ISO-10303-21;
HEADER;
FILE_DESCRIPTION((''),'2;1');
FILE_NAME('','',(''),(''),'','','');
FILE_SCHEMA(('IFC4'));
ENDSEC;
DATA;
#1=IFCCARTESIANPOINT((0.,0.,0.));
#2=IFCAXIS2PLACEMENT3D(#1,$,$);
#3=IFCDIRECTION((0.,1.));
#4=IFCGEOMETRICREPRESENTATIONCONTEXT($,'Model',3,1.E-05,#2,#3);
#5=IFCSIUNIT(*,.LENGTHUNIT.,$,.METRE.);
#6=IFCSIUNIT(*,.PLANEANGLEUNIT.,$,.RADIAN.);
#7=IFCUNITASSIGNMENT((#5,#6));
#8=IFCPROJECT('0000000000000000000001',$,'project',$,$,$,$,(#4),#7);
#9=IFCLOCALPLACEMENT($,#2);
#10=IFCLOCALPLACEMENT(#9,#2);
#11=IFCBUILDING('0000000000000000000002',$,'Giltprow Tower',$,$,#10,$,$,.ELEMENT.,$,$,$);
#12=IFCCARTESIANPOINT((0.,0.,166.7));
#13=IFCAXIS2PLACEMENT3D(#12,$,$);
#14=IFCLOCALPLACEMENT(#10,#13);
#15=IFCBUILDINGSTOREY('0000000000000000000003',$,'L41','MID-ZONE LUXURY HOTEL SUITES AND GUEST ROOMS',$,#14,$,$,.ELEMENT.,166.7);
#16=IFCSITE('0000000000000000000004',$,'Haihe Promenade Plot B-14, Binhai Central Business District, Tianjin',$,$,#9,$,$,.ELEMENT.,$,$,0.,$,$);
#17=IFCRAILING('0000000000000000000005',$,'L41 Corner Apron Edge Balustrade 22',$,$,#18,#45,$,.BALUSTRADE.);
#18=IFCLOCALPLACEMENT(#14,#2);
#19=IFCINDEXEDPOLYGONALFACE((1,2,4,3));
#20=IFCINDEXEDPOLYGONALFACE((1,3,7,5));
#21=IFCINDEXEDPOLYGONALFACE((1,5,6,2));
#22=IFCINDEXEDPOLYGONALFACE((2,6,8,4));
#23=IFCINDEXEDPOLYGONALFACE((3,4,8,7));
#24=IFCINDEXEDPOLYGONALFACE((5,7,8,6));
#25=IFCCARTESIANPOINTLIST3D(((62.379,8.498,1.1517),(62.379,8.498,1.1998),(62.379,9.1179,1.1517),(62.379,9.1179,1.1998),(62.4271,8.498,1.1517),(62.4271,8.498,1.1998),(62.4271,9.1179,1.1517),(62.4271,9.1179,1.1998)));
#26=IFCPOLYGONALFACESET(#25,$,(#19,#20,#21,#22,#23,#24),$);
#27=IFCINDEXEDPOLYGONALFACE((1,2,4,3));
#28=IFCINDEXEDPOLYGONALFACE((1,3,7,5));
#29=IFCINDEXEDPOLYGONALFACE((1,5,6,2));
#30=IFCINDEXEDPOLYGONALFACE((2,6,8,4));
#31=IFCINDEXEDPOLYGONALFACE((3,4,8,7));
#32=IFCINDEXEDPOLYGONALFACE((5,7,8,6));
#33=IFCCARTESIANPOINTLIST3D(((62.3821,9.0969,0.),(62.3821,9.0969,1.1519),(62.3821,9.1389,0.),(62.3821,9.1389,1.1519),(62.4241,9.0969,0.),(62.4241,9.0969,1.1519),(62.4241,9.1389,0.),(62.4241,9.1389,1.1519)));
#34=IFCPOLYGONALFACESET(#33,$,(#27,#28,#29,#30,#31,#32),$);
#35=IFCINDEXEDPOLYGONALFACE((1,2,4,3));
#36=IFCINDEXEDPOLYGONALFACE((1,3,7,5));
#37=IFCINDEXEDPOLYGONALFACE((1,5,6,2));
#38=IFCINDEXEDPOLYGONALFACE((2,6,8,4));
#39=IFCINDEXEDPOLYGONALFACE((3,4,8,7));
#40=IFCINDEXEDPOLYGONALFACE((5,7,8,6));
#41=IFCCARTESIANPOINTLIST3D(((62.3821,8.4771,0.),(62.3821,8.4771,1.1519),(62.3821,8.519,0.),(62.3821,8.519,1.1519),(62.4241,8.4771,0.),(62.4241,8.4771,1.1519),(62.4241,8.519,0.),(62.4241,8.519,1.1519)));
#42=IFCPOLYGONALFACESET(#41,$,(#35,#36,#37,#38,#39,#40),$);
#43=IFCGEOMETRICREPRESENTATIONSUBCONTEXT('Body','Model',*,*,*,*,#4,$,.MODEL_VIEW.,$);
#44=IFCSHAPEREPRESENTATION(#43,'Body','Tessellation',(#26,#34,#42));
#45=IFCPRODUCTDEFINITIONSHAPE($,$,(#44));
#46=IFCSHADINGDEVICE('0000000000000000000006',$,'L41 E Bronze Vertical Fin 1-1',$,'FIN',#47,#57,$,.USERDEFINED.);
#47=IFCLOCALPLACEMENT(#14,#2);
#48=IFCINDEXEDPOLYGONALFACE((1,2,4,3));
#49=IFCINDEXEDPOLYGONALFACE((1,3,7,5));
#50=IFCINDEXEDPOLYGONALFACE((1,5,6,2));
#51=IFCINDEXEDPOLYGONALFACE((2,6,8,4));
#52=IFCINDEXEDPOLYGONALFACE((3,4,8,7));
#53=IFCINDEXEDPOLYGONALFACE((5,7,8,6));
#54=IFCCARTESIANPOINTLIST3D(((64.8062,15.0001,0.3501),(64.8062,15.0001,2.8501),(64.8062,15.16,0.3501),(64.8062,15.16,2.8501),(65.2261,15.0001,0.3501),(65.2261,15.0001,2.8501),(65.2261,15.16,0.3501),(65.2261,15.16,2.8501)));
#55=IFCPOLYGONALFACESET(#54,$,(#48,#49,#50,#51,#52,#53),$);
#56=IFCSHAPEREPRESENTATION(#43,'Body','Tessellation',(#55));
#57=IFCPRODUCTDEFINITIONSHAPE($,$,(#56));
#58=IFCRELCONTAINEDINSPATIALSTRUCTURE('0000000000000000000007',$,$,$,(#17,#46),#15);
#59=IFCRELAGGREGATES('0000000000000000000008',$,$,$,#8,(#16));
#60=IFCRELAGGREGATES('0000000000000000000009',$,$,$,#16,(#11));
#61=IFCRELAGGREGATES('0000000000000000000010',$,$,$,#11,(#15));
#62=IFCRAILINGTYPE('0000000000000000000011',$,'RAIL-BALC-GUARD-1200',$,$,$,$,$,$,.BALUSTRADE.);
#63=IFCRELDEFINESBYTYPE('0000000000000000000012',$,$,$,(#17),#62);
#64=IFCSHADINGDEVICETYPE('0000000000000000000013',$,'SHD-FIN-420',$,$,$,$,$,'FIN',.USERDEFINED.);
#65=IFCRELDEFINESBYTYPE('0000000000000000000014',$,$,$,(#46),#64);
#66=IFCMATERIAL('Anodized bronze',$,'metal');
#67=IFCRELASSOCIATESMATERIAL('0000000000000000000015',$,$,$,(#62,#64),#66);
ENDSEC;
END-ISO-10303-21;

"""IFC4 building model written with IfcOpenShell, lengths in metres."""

from ifc_helpers import new_model, si_unit, direction, frame, origin, origin_2d, place, context, subcontext, project, spatial, rectangle, extrude, source, transform, mapped, material, type_object, element, save


model = new_model("IFC4")

# Units and contexts
model_context = context("Model", 3, precision=1e-05, world=origin(), true_north=direction((0.0, 1.0)))
body_context = subcontext(model_context, "Body", "Model", "MODEL_VIEW")
ifc_project = project(units=[si_unit("LENGTHUNIT", "METRE"), si_unit("PLANEANGLEUNIT", "RADIAN")], contexts=[model_context])

# Site, building, storey
site_placement = place(None, origin())
site = spatial("IfcSite", under=ifc_project, at=site_placement, Name="Haihe Promenade Plot B-14, Binhai Central Business District, Tianjin", CompositionType="ELEMENT", RefElevation=0.0)
building_placement = place(site_placement, origin())
building = spatial("IfcBuilding", under=site, at=building_placement, Name="Giltprow Tower", CompositionType="ELEMENT")
storey_placement = place(building_placement, frame((0.0, 0.0, 166.7)))
storey = spatial("IfcBuildingStorey", under=building, at=storey_placement, Name="L41", Description="MID-ZONE LUXURY HOTEL SUITES AND GUEST ROOMS", CompositionType="ELEMENT", Elevation=166.7)

# Shared definitions
ifc_material_1 = material(Name="Anodized bronze", Category="metal")

# Railing
railing_type = type_object("IfcRailingType", Name="RAIL-BALC-GUARD-1200", PredefinedType="BALUSTRADE", material=ifc_material_1)
railing_1_placement = place(storey_placement, frame((62.4031, 9.1179, 0.0)))
element("IfcRailing", 1, at=railing_1_placement, inside=storey, type_object=railing_type, Name="L41 Corner Apron Edge Balustrade 22", PredefinedType="BALUSTRADE", context=body_context, shape_type="SweptSolid", body=[
    extrude(rectangle(XDim=0.0481, YDim=0.0481, at=origin_2d()), frame((0.0, 0.0, 1.1758), z_axis=(0.0, -1.0, 0.0), x_axis=(1.0, 0.0, 0.0)), (0.0, 0.0, 1.0), 0.6199),
    extrude(rectangle(XDim=0.042, YDim=0.042, at=origin_2d()), origin(), (0.0, 0.0, 1.0), 1.1519),
    extrude(rectangle(XDim=0.042, YDim=0.042, at=origin_2d()), frame((0.0, -0.6199, 0.0)), (0.0, 0.0, 1.0), 1.1519),
])

# Shading device
shading_device_type = type_object("IfcShadingDeviceType", Name="SHD-FIN-420", ElementType="FIN", PredefinedType="USERDEFINED", material=ifc_material_1)
shared_shape_1 = source(origin(), body_context, "Body", "SweptSolid", [
    extrude(rectangle(XDim=0.4199, YDim=0.1599, at=origin_2d()), origin(), (0.0, 0.0, 1.0), 2.5),
])
shading_device_placement = place(storey_placement, frame((65.0161, 15.0801, 0.3501), z_axis=(0.0, 0.0, 1.0), x_axis=(1.0, 0.0, 0.0)))
element("IfcShadingDevice", 2, at=shading_device_placement, inside=storey, type_object=shading_device_type, Name="L41 E Bronze Vertical Fin 1-1", ObjectType="FIN", PredefinedType="USERDEFINED", context=body_context, shape_type="MappedRepresentation", body=[
    mapped(shared_shape_1, transform((0.0, 0.0, 0.0), x_axis=(1.0, 0.0, 0.0), y_axis=(0.0, 1.0, 0.0), z_axis=(0.0, 0.0, 1.0), scale=1.0)),
])

save(model, "model.ifc")
